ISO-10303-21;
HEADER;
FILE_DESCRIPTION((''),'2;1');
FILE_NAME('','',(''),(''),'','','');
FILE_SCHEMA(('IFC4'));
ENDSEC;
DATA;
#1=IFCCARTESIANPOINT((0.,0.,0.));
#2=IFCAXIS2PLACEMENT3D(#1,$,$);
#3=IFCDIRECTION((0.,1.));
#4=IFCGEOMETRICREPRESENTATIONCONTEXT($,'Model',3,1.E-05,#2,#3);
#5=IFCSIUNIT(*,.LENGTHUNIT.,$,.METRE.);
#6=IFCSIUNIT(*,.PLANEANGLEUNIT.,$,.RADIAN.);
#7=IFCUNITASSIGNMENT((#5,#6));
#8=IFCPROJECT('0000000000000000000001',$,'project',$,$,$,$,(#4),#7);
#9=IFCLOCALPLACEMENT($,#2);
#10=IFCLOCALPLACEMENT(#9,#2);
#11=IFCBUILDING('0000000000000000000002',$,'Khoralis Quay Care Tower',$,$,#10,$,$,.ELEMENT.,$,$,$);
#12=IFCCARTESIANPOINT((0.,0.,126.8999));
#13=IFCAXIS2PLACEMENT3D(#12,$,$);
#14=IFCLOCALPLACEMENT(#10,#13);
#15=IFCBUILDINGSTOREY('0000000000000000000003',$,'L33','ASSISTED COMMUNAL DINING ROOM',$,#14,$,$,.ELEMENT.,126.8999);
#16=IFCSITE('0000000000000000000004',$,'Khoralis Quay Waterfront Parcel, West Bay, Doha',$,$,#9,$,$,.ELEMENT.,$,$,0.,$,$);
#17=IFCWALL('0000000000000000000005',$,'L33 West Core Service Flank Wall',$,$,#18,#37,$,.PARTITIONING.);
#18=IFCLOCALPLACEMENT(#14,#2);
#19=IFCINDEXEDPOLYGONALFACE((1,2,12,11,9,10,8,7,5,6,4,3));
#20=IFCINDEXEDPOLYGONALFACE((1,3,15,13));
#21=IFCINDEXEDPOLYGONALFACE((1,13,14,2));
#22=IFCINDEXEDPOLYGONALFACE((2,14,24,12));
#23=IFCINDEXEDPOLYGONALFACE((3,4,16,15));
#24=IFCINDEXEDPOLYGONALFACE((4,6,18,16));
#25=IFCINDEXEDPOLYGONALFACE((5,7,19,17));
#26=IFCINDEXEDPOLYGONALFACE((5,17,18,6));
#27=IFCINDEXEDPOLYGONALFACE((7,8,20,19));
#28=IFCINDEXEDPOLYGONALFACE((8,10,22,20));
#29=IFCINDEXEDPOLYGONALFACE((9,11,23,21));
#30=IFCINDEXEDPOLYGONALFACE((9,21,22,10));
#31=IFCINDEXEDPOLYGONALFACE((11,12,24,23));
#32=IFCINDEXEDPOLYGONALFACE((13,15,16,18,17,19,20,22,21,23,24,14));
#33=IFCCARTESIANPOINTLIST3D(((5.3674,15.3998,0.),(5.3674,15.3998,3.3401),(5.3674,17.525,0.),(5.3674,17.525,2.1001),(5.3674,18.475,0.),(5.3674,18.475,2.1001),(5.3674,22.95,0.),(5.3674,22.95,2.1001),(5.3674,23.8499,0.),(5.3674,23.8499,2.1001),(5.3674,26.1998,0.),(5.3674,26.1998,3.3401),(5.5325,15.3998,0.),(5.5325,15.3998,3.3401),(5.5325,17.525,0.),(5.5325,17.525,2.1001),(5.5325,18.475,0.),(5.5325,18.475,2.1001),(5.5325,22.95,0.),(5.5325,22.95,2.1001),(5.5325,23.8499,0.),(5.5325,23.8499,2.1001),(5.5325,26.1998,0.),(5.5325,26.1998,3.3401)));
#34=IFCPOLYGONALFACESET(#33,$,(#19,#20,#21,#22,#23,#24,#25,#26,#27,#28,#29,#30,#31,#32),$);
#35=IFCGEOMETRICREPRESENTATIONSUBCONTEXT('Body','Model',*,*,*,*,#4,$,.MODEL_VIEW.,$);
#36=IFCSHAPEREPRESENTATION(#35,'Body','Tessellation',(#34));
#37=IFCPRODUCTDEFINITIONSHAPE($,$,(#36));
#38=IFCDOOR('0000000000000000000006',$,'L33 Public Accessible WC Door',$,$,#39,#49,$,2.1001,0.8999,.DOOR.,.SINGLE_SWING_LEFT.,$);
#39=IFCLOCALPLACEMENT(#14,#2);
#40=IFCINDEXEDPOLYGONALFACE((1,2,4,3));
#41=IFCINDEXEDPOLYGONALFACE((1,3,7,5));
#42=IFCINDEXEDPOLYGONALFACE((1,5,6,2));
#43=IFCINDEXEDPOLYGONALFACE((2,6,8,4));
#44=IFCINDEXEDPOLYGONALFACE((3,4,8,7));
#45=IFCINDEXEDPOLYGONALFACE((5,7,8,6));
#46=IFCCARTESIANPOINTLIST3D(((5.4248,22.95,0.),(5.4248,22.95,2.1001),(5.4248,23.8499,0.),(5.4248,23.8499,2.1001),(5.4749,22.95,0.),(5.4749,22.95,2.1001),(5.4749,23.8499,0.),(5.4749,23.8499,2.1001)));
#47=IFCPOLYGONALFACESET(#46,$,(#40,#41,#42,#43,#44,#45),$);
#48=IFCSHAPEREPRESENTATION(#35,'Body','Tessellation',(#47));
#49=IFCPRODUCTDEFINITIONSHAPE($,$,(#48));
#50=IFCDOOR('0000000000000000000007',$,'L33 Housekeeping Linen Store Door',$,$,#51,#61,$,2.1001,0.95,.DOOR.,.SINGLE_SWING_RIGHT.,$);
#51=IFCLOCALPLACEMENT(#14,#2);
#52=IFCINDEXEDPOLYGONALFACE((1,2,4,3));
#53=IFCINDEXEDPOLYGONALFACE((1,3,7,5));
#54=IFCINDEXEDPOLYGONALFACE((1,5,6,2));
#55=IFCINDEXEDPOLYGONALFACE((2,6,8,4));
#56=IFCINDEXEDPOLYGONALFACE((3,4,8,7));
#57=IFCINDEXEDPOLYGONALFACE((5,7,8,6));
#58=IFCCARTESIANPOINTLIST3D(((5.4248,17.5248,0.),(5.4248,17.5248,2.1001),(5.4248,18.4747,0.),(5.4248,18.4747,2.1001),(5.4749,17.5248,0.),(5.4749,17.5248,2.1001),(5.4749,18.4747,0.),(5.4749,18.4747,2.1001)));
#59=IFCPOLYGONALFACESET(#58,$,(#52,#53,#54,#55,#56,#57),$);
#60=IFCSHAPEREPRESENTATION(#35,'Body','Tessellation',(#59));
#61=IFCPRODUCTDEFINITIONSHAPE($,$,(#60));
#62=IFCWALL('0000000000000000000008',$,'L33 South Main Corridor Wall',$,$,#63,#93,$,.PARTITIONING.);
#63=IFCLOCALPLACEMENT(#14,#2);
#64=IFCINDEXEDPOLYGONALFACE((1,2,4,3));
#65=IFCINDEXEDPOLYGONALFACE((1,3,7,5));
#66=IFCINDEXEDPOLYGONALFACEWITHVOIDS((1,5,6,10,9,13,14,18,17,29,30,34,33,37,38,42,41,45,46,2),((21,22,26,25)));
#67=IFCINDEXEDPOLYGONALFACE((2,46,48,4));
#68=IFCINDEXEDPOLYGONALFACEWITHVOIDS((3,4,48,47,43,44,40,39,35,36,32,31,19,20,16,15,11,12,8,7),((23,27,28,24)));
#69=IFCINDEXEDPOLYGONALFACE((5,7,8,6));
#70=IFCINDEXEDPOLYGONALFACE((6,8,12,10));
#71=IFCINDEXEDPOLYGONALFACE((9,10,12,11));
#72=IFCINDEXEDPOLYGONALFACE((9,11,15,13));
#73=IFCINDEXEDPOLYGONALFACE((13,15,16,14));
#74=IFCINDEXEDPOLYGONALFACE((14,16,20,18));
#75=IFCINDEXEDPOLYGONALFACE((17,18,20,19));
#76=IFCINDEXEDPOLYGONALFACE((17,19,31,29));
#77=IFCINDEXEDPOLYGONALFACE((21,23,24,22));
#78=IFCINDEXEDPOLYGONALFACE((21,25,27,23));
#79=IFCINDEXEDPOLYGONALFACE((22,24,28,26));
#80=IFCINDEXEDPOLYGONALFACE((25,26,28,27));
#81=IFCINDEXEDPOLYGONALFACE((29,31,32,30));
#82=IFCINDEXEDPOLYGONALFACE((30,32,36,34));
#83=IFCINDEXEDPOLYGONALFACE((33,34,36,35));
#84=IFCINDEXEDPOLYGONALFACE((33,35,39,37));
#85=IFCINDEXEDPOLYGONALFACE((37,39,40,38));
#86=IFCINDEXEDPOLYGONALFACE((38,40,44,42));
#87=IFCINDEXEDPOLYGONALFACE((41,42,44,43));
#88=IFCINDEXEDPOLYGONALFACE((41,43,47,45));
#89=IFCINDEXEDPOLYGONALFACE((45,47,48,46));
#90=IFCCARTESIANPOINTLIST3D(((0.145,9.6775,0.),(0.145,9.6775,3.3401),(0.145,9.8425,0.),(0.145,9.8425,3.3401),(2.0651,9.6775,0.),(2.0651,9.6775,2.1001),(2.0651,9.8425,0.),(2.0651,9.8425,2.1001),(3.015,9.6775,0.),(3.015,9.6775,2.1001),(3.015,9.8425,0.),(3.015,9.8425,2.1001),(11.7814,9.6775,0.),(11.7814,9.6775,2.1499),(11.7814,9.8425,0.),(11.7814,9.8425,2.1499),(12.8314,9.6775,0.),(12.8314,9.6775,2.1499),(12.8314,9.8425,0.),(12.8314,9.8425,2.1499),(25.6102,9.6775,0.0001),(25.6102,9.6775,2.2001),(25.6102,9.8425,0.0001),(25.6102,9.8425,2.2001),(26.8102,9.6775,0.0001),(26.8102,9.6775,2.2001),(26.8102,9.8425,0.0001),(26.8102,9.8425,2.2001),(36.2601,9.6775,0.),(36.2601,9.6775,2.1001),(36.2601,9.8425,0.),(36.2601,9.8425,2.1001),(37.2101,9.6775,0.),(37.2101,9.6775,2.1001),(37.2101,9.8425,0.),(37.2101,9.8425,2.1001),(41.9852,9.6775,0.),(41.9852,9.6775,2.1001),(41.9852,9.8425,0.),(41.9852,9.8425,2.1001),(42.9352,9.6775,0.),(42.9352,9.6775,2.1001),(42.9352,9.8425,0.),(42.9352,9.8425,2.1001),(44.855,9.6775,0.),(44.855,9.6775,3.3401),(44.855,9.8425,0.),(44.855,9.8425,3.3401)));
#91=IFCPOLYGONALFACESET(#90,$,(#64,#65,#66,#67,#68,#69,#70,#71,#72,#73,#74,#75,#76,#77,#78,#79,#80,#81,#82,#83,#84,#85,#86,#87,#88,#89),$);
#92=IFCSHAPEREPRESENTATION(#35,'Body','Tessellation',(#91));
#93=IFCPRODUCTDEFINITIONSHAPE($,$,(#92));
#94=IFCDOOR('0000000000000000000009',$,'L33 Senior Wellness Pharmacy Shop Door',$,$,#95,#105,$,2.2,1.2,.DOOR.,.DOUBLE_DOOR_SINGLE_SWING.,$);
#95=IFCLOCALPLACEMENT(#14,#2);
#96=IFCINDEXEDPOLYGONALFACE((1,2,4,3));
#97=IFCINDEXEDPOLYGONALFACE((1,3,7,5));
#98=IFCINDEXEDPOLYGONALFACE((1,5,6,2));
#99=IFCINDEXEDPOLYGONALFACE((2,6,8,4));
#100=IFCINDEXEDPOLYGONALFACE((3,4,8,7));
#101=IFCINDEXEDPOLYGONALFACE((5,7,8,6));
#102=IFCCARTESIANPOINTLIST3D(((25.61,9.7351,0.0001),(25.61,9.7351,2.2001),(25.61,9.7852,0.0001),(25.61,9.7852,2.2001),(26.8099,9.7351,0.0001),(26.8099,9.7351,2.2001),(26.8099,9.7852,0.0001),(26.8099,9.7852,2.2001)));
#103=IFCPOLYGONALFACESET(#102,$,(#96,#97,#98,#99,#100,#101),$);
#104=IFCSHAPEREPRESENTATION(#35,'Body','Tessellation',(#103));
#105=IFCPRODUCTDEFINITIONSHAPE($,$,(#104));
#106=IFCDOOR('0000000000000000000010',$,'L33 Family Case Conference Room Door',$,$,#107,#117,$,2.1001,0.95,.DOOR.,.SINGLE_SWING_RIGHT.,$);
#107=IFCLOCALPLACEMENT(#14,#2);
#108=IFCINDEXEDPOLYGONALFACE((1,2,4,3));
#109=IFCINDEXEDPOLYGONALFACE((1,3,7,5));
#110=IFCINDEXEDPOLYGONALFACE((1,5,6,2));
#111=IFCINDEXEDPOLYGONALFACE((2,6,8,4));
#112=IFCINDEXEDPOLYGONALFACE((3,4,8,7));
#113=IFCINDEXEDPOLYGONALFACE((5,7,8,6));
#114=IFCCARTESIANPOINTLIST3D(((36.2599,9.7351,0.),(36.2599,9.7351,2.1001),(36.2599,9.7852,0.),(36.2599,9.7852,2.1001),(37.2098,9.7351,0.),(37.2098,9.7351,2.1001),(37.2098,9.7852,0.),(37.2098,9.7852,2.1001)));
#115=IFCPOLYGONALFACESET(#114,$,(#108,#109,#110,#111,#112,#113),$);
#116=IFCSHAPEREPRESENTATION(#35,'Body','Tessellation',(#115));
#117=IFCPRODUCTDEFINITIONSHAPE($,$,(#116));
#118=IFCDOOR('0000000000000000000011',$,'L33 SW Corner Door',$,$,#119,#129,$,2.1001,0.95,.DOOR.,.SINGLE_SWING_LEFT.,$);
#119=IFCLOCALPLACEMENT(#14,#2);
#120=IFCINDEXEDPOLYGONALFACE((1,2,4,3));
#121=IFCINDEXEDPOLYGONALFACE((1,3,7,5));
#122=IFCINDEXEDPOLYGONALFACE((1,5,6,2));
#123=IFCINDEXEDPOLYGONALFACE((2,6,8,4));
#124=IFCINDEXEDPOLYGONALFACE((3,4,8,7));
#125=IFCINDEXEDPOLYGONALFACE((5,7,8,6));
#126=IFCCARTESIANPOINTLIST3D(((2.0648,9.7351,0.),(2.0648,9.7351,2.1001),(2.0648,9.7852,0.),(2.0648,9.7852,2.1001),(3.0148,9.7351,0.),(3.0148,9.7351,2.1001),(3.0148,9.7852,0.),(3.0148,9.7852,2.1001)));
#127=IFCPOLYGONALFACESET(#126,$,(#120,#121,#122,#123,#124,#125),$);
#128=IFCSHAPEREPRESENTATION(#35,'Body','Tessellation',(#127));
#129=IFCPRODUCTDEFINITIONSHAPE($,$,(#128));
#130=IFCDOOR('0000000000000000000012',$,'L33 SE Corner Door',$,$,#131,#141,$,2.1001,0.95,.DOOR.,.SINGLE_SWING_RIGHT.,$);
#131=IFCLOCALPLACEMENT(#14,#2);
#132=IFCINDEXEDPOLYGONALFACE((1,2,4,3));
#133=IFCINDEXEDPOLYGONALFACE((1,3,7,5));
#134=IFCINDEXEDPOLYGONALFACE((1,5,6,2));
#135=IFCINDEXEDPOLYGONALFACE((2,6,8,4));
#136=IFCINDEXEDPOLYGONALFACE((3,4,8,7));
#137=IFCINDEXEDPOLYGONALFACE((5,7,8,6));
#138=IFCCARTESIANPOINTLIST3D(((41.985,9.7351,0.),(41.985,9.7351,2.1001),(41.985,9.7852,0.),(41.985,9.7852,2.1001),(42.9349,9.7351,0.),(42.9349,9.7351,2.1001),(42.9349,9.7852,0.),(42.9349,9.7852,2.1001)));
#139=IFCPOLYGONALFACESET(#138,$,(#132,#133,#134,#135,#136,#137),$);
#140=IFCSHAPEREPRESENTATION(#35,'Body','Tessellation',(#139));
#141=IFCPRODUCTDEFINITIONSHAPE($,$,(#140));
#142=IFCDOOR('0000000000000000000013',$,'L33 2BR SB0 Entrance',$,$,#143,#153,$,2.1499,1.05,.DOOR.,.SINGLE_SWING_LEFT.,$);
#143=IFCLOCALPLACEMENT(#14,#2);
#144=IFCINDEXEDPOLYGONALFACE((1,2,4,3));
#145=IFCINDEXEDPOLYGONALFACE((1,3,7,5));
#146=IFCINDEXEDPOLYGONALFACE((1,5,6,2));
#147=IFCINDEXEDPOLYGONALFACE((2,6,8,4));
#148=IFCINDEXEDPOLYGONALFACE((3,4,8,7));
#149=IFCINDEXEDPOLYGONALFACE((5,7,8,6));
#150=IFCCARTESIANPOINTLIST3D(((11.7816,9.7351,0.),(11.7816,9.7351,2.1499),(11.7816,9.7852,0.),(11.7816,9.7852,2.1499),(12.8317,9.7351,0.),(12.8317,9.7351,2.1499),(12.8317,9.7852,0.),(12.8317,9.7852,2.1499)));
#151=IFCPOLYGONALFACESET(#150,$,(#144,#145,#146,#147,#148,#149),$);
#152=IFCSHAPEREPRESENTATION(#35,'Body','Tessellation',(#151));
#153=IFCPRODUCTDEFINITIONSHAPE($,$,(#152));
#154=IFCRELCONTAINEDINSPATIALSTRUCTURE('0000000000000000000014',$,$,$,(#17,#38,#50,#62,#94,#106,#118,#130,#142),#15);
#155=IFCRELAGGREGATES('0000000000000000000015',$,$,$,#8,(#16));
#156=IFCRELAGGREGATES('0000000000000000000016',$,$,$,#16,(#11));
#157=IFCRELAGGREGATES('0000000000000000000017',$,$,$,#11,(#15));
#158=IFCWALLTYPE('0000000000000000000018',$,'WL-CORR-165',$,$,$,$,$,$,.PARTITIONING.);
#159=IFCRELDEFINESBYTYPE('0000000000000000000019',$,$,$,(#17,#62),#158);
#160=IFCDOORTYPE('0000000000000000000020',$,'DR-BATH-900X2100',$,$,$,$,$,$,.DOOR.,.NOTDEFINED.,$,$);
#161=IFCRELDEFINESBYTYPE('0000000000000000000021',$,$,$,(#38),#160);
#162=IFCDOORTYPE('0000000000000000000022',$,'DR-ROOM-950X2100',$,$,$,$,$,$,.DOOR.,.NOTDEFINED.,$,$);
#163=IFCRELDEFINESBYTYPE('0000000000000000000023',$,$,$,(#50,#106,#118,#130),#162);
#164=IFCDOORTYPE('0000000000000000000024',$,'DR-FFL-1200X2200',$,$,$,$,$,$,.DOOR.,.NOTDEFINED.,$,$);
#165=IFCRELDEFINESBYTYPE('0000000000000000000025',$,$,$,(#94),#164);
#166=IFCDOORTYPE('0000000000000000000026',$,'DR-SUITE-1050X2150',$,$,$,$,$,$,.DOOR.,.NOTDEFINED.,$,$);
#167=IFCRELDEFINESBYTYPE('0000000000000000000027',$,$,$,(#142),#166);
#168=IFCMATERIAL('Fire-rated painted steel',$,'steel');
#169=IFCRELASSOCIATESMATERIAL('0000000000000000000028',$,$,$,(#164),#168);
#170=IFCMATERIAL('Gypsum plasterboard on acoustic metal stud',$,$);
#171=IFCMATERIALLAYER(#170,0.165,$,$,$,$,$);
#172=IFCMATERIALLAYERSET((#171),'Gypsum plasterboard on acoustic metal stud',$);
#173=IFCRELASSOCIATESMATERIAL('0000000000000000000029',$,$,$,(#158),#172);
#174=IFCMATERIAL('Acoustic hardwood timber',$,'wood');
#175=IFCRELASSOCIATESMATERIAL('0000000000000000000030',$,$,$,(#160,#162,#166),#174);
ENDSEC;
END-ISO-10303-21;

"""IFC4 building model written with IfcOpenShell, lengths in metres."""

from ifc_helpers import new_model, si_unit, direction, frame, frame_2d, origin, place, context, subcontext, project, spatial, rectangle, extrude, source, transform, mapped, material, layer, layer_set, type_object, element, fill, save


model = new_model("IFC4")

# Units and contexts
model_context = context("Model", 3, precision=1e-05, world=origin(), true_north=direction((0.0, 1.0)))
body_context = subcontext(model_context, "Body", "Model", "MODEL_VIEW")
ifc_project = project(units=[si_unit("LENGTHUNIT", "METRE"), si_unit("PLANEANGLEUNIT", "RADIAN")], contexts=[model_context])

# Site, building, storey
site_placement = place(None, origin())
site = spatial("IfcSite", under=ifc_project, at=site_placement, Name="Khoralis Quay Waterfront Parcel, West Bay, Doha", CompositionType="ELEMENT", RefElevation=0.0)
building_placement = place(site_placement, origin())
building = spatial("IfcBuilding", under=site, at=building_placement, Name="Khoralis Quay Care Tower", CompositionType="ELEMENT")
storey_placement = place(building_placement, frame((0.0, 0.0, 126.8999)))
storey = spatial("IfcBuildingStorey", under=building, at=storey_placement, Name="L33", Description="ASSISTED COMMUNAL DINING ROOM", CompositionType="ELEMENT", Elevation=126.8999)

# Shared definitions
ifc_material_1 = material(Name="Gypsum plasterboard on acoustic metal stud")
ifc_material_2 = material(Name="Fire-rated painted steel", Category="steel")
door_type_1 = type_object("IfcDoorType", Name="DR-FFL-1200X2200", OperationType="NOTDEFINED", PredefinedType="DOOR", material=ifc_material_2)
shared_shape_1 = source(origin(), body_context, "Body", "SweptSolid", [
    extrude(rectangle(XDim=1.2, YDim=2.2, at=frame_2d((0.6001, 1.1001))), frame((0.0, 0.0249, 0.0), z_axis=(0.0, -1.0, 0.0), x_axis=(1.0, 0.0, 0.0)), (0.0, 0.0, 1.0), 0.05),
])

# Walls, openings, doors
ifc_layer_1 = layer(ifc_material_1, 0.165)
ifc_layer_set_1 = layer_set([ifc_layer_1], Name="Gypsum plasterboard on acoustic metal stud")
wall_type_1 = type_object("IfcWallType", Name="WL-CORR-165", PredefinedType="PARTITIONING", material=ifc_layer_set_1)
wall_1_placement = place(storey_placement, frame((5.45, 15.3999, 0.0), z_axis=(0.0, 0.0, 1.0), x_axis=(0.0, 1.0, 0.0)))
wall_1 = element("IfcWall", 1, at=wall_1_placement, inside=storey, type_object=wall_type_1, Name="L33 West Core Service Flank Wall", PredefinedType="PARTITIONING", context=body_context, shape_type="SweptSolid", body=[
    extrude(rectangle(XDim=10.8, YDim=0.165, at=frame_2d((5.3999, 0.0))), origin(), (0.0, 0.0, 1.0), 3.3401),
])
opening_1_placement = place(wall_1_placement, frame((2.125, 0.0, 0.0)))
opening_1 = element("IfcOpeningElement", 2, at=opening_1_placement, cuts=wall_1, PredefinedType="OPENING", context=body_context, shape_type="SweptSolid", body=[
    extrude(rectangle(XDim=0.95, YDim=2.1001, at=frame_2d((0.4751, 1.05))), frame((0.0, 0.0925, 0.0), z_axis=(0.0, -1.0, 0.0), x_axis=(1.0, 0.0, 0.0)), (0.0, 0.0, 1.0), 0.1851),
])
opening_2_placement = place(wall_1_placement, frame((7.55, 0.0, 0.0)))
opening_2 = element("IfcOpeningElement", 3, at=opening_2_placement, cuts=wall_1, PredefinedType="OPENING", context=body_context, shape_type="SweptSolid", body=[
    extrude(rectangle(XDim=0.8999, YDim=2.1001, at=frame_2d((0.45, 1.05))), frame((0.0, 0.0925, 0.0), z_axis=(0.0, -1.0, 0.0), x_axis=(1.0, 0.0, 0.0)), (0.0, 0.0, 1.0), 0.1851),
])
ifc_material_3 = material(Name="Acoustic hardwood timber", Category="wood")
door_type_2 = type_object("IfcDoorType", Name="DR-BATH-900X2100", OperationType="NOTDEFINED", PredefinedType="DOOR", material=ifc_material_3)
shared_shape_2 = source(origin(), body_context, "Body", "SweptSolid", [
    extrude(rectangle(XDim=0.8999, YDim=2.1001, at=frame_2d((0.45, 1.05))), frame((0.0, 0.0249, 0.0), z_axis=(0.0, -1.0, 0.0), x_axis=(1.0, 0.0, 0.0)), (0.0, 0.0, 1.0), 0.05),
])
door_1_placement = place(opening_2_placement, frame((0.8999, 0.0, 0.0), z_axis=(0.0, 0.0, 1.0), x_axis=(-1.0, 0.0, 0.0)))
door_1 = element("IfcDoor", 4, at=door_1_placement, inside=storey, type_object=door_type_2, Name="L33 Public Accessible WC Door", OperationType="SINGLE_SWING_LEFT", OverallHeight=2.1001, OverallWidth=0.8999, PredefinedType="DOOR", context=body_context, shape_type="MappedRepresentation", body=[
    mapped(shared_shape_2, transform((0.0, 0.0, 0.0), scale=1.0)),
])
fill(opening_2, door_1)
door_type_3 = type_object("IfcDoorType", Name="DR-ROOM-950X2100", OperationType="NOTDEFINED", PredefinedType="DOOR", material=ifc_material_3)
shared_shape_3 = source(origin(), body_context, "Body", "SweptSolid", [
    extrude(rectangle(XDim=0.95, YDim=2.1001, at=frame_2d((0.4751, 1.05))), frame((0.0, 0.0249, 0.0), z_axis=(0.0, -1.0, 0.0), x_axis=(1.0, 0.0, 0.0)), (0.0, 0.0, 1.0), 0.05),
])
door_2_placement = place(opening_1_placement, frame((0.95, 0.0, 0.0), z_axis=(0.0, 0.0, 1.0), x_axis=(-1.0, 0.0, 0.0)))
door_2 = element("IfcDoor", 5, at=door_2_placement, inside=storey, type_object=door_type_3, Name="L33 Housekeeping Linen Store Door", OperationType="SINGLE_SWING_RIGHT", OverallHeight=2.1001, OverallWidth=0.95, PredefinedType="DOOR", context=body_context, shape_type="MappedRepresentation", body=[
    mapped(shared_shape_3, transform((0.0, 0.0, 0.0), scale=1.0)),
])
fill(opening_1, door_2)
wall_2_placement = place(storey_placement, frame((0.145, 9.76, 0.0), z_axis=(0.0, 0.0, 1.0), x_axis=(1.0, 0.0, 0.0)))
wall_2 = element("IfcWall", 6, at=wall_2_placement, inside=storey, type_object=wall_type_1, Name="L33 South Main Corridor Wall", PredefinedType="PARTITIONING", context=body_context, shape_type="SweptSolid", body=[
    extrude(rectangle(XDim=44.71, YDim=0.165, at=frame_2d((22.355, 0.0))), origin(), (0.0, 0.0, 1.0), 3.3401),
])
opening_3_placement = place(wall_2_placement, frame((11.6365, 0.0, 0.0)))
opening_3 = element("IfcOpeningElement", 7, at=opening_3_placement, cuts=wall_2, PredefinedType="OPENING", context=body_context, shape_type="SweptSolid", body=[
    extrude(rectangle(XDim=1.05, YDim=2.1499, at=frame_2d((0.5249, 1.075))), frame((0.0, 0.0925, 0.0), z_axis=(0.0, -1.0, 0.0), x_axis=(1.0, 0.0, 0.0)), (0.0, 0.0, 1.0), 0.1851),
])
opening_4_placement = place(wall_2_placement, frame((25.4651, 0.0, 0.0)))
opening_4 = element("IfcOpeningElement", 8, at=opening_4_placement, cuts=wall_2, PredefinedType="OPENING", context=body_context, shape_type="SweptSolid", body=[
    extrude(rectangle(XDim=1.2, YDim=2.2, at=frame_2d((0.6001, 1.1001))), frame((0.0, 0.0925, 0.0), z_axis=(0.0, -1.0, 0.0), x_axis=(1.0, 0.0, 0.0)), (0.0, 0.0, 1.0), 0.1851),
])
opening_5_placement = place(wall_2_placement, frame((36.115, 0.0, 0.0)))
opening_5 = element("IfcOpeningElement", 9, at=opening_5_placement, cuts=wall_2, PredefinedType="OPENING", context=body_context, shape_type="SweptSolid", body=[
    extrude(rectangle(XDim=0.95, YDim=2.1001, at=frame_2d((0.4751, 1.05))), frame((0.0, 0.0925, 0.0), z_axis=(0.0, -1.0, 0.0), x_axis=(1.0, 0.0, 0.0)), (0.0, 0.0, 1.0), 0.1851),
])
opening_6_placement = place(wall_2_placement, frame((1.9199, 0.0, 0.0)))
opening_6 = element("IfcOpeningElement", 10, at=opening_6_placement, cuts=wall_2, PredefinedType="OPENING", context=body_context, shape_type="SweptSolid", body=[
    extrude(rectangle(XDim=0.95, YDim=2.1001, at=frame_2d((0.4751, 1.05))), frame((0.0, 0.0925, 0.0), z_axis=(0.0, -1.0, 0.0), x_axis=(1.0, 0.0, 0.0)), (0.0, 0.0, 1.0), 0.1851),
])
opening_7_placement = place(wall_2_placement, frame((41.8401, 0.0, 0.0)))
opening_7 = element("IfcOpeningElement", 11, at=opening_7_placement, cuts=wall_2, PredefinedType="OPENING", context=body_context, shape_type="SweptSolid", body=[
    extrude(rectangle(XDim=0.95, YDim=2.1001, at=frame_2d((0.4751, 1.05))), frame((0.0, 0.0925, 0.0), z_axis=(0.0, -1.0, 0.0), x_axis=(1.0, 0.0, 0.0)), (0.0, 0.0, 1.0), 0.1851),
])
door_3_placement = place(opening_4_placement, frame((1.2, 0.0, 0.0), z_axis=(0.0, 0.0, 1.0), x_axis=(-1.0, 0.0, 0.0)))
door_3 = element("IfcDoor", 12, at=door_3_placement, inside=storey, type_object=door_type_1, Name="L33 Senior Wellness Pharmacy Shop Door", OperationType="DOUBLE_DOOR_SINGLE_SWING", OverallHeight=2.2, OverallWidth=1.2, PredefinedType="DOOR", context=body_context, shape_type="MappedRepresentation", body=[
    mapped(shared_shape_1, transform((0.0, 0.0, 0.0), scale=1.0)),
])
fill(opening_4, door_3)
door_4_placement = place(opening_5_placement, frame((0.95, 0.0, 0.0), z_axis=(0.0, 0.0, 1.0), x_axis=(-1.0, 0.0, 0.0)))
door_4 = element("IfcDoor", 13, at=door_4_placement, inside=storey, type_object=door_type_3, Name="L33 Family Case Conference Room Door", OperationType="SINGLE_SWING_RIGHT", OverallHeight=2.1001, OverallWidth=0.95, PredefinedType="DOOR", context=body_context, shape_type="MappedRepresentation", body=[
    mapped(shared_shape_3, transform((0.0, 0.0, 0.0), scale=1.0)),
])
fill(opening_5, door_4)
door_5_placement = place(opening_6_placement, frame((0.95, 0.0, 0.0), z_axis=(0.0, 0.0, 1.0), x_axis=(-1.0, 0.0, 0.0)))
door_5 = element("IfcDoor", 14, at=door_5_placement, inside=storey, type_object=door_type_3, Name="L33 SW Corner Door", OperationType="SINGLE_SWING_LEFT", OverallHeight=2.1001, OverallWidth=0.95, PredefinedType="DOOR", context=body_context, shape_type="MappedRepresentation", body=[
    mapped(shared_shape_3, transform((0.0, 0.0, 0.0), scale=1.0)),
])
fill(opening_6, door_5)
door_6_placement = place(opening_7_placement, frame((0.95, 0.0, 0.0), z_axis=(0.0, 0.0, 1.0), x_axis=(-1.0, 0.0, 0.0)))
door_6 = element("IfcDoor", 15, at=door_6_placement, inside=storey, type_object=door_type_3, Name="L33 SE Corner Door", OperationType="SINGLE_SWING_RIGHT", OverallHeight=2.1001, OverallWidth=0.95, PredefinedType="DOOR", context=body_context, shape_type="MappedRepresentation", body=[
    mapped(shared_shape_3, transform((0.0, 0.0, 0.0), scale=1.0)),
])
fill(opening_7, door_6)
door_type_4 = type_object("IfcDoorType", Name="DR-SUITE-1050X2150", OperationType="NOTDEFINED", PredefinedType="DOOR", material=ifc_material_3)
shared_shape_4 = source(origin(), body_context, "Body", "SweptSolid", [
    extrude(rectangle(XDim=1.05, YDim=2.1499, at=frame_2d((0.5249, 1.075))), frame((0.0, 0.0249, 0.0), z_axis=(0.0, -1.0, 0.0), x_axis=(1.0, 0.0, 0.0)), (0.0, 0.0, 1.0), 0.05),
])
door_7_placement = place(opening_3_placement, frame((1.05, 0.0, 0.0), z_axis=(0.0, 0.0, 1.0), x_axis=(-1.0, 0.0, 0.0)))
door_7 = element("IfcDoor", 16, at=door_7_placement, inside=storey, type_object=door_type_4, Name="L33 2BR SB0 Entrance", OperationType="SINGLE_SWING_LEFT", OverallHeight=2.1499, OverallWidth=1.05, PredefinedType="DOOR", context=body_context, shape_type="MappedRepresentation", body=[
    mapped(shared_shape_4, transform((0.0, 0.0, 0.0), scale=1.0)),
])
fill(opening_3, door_7)

save(model, "model.ifc")
